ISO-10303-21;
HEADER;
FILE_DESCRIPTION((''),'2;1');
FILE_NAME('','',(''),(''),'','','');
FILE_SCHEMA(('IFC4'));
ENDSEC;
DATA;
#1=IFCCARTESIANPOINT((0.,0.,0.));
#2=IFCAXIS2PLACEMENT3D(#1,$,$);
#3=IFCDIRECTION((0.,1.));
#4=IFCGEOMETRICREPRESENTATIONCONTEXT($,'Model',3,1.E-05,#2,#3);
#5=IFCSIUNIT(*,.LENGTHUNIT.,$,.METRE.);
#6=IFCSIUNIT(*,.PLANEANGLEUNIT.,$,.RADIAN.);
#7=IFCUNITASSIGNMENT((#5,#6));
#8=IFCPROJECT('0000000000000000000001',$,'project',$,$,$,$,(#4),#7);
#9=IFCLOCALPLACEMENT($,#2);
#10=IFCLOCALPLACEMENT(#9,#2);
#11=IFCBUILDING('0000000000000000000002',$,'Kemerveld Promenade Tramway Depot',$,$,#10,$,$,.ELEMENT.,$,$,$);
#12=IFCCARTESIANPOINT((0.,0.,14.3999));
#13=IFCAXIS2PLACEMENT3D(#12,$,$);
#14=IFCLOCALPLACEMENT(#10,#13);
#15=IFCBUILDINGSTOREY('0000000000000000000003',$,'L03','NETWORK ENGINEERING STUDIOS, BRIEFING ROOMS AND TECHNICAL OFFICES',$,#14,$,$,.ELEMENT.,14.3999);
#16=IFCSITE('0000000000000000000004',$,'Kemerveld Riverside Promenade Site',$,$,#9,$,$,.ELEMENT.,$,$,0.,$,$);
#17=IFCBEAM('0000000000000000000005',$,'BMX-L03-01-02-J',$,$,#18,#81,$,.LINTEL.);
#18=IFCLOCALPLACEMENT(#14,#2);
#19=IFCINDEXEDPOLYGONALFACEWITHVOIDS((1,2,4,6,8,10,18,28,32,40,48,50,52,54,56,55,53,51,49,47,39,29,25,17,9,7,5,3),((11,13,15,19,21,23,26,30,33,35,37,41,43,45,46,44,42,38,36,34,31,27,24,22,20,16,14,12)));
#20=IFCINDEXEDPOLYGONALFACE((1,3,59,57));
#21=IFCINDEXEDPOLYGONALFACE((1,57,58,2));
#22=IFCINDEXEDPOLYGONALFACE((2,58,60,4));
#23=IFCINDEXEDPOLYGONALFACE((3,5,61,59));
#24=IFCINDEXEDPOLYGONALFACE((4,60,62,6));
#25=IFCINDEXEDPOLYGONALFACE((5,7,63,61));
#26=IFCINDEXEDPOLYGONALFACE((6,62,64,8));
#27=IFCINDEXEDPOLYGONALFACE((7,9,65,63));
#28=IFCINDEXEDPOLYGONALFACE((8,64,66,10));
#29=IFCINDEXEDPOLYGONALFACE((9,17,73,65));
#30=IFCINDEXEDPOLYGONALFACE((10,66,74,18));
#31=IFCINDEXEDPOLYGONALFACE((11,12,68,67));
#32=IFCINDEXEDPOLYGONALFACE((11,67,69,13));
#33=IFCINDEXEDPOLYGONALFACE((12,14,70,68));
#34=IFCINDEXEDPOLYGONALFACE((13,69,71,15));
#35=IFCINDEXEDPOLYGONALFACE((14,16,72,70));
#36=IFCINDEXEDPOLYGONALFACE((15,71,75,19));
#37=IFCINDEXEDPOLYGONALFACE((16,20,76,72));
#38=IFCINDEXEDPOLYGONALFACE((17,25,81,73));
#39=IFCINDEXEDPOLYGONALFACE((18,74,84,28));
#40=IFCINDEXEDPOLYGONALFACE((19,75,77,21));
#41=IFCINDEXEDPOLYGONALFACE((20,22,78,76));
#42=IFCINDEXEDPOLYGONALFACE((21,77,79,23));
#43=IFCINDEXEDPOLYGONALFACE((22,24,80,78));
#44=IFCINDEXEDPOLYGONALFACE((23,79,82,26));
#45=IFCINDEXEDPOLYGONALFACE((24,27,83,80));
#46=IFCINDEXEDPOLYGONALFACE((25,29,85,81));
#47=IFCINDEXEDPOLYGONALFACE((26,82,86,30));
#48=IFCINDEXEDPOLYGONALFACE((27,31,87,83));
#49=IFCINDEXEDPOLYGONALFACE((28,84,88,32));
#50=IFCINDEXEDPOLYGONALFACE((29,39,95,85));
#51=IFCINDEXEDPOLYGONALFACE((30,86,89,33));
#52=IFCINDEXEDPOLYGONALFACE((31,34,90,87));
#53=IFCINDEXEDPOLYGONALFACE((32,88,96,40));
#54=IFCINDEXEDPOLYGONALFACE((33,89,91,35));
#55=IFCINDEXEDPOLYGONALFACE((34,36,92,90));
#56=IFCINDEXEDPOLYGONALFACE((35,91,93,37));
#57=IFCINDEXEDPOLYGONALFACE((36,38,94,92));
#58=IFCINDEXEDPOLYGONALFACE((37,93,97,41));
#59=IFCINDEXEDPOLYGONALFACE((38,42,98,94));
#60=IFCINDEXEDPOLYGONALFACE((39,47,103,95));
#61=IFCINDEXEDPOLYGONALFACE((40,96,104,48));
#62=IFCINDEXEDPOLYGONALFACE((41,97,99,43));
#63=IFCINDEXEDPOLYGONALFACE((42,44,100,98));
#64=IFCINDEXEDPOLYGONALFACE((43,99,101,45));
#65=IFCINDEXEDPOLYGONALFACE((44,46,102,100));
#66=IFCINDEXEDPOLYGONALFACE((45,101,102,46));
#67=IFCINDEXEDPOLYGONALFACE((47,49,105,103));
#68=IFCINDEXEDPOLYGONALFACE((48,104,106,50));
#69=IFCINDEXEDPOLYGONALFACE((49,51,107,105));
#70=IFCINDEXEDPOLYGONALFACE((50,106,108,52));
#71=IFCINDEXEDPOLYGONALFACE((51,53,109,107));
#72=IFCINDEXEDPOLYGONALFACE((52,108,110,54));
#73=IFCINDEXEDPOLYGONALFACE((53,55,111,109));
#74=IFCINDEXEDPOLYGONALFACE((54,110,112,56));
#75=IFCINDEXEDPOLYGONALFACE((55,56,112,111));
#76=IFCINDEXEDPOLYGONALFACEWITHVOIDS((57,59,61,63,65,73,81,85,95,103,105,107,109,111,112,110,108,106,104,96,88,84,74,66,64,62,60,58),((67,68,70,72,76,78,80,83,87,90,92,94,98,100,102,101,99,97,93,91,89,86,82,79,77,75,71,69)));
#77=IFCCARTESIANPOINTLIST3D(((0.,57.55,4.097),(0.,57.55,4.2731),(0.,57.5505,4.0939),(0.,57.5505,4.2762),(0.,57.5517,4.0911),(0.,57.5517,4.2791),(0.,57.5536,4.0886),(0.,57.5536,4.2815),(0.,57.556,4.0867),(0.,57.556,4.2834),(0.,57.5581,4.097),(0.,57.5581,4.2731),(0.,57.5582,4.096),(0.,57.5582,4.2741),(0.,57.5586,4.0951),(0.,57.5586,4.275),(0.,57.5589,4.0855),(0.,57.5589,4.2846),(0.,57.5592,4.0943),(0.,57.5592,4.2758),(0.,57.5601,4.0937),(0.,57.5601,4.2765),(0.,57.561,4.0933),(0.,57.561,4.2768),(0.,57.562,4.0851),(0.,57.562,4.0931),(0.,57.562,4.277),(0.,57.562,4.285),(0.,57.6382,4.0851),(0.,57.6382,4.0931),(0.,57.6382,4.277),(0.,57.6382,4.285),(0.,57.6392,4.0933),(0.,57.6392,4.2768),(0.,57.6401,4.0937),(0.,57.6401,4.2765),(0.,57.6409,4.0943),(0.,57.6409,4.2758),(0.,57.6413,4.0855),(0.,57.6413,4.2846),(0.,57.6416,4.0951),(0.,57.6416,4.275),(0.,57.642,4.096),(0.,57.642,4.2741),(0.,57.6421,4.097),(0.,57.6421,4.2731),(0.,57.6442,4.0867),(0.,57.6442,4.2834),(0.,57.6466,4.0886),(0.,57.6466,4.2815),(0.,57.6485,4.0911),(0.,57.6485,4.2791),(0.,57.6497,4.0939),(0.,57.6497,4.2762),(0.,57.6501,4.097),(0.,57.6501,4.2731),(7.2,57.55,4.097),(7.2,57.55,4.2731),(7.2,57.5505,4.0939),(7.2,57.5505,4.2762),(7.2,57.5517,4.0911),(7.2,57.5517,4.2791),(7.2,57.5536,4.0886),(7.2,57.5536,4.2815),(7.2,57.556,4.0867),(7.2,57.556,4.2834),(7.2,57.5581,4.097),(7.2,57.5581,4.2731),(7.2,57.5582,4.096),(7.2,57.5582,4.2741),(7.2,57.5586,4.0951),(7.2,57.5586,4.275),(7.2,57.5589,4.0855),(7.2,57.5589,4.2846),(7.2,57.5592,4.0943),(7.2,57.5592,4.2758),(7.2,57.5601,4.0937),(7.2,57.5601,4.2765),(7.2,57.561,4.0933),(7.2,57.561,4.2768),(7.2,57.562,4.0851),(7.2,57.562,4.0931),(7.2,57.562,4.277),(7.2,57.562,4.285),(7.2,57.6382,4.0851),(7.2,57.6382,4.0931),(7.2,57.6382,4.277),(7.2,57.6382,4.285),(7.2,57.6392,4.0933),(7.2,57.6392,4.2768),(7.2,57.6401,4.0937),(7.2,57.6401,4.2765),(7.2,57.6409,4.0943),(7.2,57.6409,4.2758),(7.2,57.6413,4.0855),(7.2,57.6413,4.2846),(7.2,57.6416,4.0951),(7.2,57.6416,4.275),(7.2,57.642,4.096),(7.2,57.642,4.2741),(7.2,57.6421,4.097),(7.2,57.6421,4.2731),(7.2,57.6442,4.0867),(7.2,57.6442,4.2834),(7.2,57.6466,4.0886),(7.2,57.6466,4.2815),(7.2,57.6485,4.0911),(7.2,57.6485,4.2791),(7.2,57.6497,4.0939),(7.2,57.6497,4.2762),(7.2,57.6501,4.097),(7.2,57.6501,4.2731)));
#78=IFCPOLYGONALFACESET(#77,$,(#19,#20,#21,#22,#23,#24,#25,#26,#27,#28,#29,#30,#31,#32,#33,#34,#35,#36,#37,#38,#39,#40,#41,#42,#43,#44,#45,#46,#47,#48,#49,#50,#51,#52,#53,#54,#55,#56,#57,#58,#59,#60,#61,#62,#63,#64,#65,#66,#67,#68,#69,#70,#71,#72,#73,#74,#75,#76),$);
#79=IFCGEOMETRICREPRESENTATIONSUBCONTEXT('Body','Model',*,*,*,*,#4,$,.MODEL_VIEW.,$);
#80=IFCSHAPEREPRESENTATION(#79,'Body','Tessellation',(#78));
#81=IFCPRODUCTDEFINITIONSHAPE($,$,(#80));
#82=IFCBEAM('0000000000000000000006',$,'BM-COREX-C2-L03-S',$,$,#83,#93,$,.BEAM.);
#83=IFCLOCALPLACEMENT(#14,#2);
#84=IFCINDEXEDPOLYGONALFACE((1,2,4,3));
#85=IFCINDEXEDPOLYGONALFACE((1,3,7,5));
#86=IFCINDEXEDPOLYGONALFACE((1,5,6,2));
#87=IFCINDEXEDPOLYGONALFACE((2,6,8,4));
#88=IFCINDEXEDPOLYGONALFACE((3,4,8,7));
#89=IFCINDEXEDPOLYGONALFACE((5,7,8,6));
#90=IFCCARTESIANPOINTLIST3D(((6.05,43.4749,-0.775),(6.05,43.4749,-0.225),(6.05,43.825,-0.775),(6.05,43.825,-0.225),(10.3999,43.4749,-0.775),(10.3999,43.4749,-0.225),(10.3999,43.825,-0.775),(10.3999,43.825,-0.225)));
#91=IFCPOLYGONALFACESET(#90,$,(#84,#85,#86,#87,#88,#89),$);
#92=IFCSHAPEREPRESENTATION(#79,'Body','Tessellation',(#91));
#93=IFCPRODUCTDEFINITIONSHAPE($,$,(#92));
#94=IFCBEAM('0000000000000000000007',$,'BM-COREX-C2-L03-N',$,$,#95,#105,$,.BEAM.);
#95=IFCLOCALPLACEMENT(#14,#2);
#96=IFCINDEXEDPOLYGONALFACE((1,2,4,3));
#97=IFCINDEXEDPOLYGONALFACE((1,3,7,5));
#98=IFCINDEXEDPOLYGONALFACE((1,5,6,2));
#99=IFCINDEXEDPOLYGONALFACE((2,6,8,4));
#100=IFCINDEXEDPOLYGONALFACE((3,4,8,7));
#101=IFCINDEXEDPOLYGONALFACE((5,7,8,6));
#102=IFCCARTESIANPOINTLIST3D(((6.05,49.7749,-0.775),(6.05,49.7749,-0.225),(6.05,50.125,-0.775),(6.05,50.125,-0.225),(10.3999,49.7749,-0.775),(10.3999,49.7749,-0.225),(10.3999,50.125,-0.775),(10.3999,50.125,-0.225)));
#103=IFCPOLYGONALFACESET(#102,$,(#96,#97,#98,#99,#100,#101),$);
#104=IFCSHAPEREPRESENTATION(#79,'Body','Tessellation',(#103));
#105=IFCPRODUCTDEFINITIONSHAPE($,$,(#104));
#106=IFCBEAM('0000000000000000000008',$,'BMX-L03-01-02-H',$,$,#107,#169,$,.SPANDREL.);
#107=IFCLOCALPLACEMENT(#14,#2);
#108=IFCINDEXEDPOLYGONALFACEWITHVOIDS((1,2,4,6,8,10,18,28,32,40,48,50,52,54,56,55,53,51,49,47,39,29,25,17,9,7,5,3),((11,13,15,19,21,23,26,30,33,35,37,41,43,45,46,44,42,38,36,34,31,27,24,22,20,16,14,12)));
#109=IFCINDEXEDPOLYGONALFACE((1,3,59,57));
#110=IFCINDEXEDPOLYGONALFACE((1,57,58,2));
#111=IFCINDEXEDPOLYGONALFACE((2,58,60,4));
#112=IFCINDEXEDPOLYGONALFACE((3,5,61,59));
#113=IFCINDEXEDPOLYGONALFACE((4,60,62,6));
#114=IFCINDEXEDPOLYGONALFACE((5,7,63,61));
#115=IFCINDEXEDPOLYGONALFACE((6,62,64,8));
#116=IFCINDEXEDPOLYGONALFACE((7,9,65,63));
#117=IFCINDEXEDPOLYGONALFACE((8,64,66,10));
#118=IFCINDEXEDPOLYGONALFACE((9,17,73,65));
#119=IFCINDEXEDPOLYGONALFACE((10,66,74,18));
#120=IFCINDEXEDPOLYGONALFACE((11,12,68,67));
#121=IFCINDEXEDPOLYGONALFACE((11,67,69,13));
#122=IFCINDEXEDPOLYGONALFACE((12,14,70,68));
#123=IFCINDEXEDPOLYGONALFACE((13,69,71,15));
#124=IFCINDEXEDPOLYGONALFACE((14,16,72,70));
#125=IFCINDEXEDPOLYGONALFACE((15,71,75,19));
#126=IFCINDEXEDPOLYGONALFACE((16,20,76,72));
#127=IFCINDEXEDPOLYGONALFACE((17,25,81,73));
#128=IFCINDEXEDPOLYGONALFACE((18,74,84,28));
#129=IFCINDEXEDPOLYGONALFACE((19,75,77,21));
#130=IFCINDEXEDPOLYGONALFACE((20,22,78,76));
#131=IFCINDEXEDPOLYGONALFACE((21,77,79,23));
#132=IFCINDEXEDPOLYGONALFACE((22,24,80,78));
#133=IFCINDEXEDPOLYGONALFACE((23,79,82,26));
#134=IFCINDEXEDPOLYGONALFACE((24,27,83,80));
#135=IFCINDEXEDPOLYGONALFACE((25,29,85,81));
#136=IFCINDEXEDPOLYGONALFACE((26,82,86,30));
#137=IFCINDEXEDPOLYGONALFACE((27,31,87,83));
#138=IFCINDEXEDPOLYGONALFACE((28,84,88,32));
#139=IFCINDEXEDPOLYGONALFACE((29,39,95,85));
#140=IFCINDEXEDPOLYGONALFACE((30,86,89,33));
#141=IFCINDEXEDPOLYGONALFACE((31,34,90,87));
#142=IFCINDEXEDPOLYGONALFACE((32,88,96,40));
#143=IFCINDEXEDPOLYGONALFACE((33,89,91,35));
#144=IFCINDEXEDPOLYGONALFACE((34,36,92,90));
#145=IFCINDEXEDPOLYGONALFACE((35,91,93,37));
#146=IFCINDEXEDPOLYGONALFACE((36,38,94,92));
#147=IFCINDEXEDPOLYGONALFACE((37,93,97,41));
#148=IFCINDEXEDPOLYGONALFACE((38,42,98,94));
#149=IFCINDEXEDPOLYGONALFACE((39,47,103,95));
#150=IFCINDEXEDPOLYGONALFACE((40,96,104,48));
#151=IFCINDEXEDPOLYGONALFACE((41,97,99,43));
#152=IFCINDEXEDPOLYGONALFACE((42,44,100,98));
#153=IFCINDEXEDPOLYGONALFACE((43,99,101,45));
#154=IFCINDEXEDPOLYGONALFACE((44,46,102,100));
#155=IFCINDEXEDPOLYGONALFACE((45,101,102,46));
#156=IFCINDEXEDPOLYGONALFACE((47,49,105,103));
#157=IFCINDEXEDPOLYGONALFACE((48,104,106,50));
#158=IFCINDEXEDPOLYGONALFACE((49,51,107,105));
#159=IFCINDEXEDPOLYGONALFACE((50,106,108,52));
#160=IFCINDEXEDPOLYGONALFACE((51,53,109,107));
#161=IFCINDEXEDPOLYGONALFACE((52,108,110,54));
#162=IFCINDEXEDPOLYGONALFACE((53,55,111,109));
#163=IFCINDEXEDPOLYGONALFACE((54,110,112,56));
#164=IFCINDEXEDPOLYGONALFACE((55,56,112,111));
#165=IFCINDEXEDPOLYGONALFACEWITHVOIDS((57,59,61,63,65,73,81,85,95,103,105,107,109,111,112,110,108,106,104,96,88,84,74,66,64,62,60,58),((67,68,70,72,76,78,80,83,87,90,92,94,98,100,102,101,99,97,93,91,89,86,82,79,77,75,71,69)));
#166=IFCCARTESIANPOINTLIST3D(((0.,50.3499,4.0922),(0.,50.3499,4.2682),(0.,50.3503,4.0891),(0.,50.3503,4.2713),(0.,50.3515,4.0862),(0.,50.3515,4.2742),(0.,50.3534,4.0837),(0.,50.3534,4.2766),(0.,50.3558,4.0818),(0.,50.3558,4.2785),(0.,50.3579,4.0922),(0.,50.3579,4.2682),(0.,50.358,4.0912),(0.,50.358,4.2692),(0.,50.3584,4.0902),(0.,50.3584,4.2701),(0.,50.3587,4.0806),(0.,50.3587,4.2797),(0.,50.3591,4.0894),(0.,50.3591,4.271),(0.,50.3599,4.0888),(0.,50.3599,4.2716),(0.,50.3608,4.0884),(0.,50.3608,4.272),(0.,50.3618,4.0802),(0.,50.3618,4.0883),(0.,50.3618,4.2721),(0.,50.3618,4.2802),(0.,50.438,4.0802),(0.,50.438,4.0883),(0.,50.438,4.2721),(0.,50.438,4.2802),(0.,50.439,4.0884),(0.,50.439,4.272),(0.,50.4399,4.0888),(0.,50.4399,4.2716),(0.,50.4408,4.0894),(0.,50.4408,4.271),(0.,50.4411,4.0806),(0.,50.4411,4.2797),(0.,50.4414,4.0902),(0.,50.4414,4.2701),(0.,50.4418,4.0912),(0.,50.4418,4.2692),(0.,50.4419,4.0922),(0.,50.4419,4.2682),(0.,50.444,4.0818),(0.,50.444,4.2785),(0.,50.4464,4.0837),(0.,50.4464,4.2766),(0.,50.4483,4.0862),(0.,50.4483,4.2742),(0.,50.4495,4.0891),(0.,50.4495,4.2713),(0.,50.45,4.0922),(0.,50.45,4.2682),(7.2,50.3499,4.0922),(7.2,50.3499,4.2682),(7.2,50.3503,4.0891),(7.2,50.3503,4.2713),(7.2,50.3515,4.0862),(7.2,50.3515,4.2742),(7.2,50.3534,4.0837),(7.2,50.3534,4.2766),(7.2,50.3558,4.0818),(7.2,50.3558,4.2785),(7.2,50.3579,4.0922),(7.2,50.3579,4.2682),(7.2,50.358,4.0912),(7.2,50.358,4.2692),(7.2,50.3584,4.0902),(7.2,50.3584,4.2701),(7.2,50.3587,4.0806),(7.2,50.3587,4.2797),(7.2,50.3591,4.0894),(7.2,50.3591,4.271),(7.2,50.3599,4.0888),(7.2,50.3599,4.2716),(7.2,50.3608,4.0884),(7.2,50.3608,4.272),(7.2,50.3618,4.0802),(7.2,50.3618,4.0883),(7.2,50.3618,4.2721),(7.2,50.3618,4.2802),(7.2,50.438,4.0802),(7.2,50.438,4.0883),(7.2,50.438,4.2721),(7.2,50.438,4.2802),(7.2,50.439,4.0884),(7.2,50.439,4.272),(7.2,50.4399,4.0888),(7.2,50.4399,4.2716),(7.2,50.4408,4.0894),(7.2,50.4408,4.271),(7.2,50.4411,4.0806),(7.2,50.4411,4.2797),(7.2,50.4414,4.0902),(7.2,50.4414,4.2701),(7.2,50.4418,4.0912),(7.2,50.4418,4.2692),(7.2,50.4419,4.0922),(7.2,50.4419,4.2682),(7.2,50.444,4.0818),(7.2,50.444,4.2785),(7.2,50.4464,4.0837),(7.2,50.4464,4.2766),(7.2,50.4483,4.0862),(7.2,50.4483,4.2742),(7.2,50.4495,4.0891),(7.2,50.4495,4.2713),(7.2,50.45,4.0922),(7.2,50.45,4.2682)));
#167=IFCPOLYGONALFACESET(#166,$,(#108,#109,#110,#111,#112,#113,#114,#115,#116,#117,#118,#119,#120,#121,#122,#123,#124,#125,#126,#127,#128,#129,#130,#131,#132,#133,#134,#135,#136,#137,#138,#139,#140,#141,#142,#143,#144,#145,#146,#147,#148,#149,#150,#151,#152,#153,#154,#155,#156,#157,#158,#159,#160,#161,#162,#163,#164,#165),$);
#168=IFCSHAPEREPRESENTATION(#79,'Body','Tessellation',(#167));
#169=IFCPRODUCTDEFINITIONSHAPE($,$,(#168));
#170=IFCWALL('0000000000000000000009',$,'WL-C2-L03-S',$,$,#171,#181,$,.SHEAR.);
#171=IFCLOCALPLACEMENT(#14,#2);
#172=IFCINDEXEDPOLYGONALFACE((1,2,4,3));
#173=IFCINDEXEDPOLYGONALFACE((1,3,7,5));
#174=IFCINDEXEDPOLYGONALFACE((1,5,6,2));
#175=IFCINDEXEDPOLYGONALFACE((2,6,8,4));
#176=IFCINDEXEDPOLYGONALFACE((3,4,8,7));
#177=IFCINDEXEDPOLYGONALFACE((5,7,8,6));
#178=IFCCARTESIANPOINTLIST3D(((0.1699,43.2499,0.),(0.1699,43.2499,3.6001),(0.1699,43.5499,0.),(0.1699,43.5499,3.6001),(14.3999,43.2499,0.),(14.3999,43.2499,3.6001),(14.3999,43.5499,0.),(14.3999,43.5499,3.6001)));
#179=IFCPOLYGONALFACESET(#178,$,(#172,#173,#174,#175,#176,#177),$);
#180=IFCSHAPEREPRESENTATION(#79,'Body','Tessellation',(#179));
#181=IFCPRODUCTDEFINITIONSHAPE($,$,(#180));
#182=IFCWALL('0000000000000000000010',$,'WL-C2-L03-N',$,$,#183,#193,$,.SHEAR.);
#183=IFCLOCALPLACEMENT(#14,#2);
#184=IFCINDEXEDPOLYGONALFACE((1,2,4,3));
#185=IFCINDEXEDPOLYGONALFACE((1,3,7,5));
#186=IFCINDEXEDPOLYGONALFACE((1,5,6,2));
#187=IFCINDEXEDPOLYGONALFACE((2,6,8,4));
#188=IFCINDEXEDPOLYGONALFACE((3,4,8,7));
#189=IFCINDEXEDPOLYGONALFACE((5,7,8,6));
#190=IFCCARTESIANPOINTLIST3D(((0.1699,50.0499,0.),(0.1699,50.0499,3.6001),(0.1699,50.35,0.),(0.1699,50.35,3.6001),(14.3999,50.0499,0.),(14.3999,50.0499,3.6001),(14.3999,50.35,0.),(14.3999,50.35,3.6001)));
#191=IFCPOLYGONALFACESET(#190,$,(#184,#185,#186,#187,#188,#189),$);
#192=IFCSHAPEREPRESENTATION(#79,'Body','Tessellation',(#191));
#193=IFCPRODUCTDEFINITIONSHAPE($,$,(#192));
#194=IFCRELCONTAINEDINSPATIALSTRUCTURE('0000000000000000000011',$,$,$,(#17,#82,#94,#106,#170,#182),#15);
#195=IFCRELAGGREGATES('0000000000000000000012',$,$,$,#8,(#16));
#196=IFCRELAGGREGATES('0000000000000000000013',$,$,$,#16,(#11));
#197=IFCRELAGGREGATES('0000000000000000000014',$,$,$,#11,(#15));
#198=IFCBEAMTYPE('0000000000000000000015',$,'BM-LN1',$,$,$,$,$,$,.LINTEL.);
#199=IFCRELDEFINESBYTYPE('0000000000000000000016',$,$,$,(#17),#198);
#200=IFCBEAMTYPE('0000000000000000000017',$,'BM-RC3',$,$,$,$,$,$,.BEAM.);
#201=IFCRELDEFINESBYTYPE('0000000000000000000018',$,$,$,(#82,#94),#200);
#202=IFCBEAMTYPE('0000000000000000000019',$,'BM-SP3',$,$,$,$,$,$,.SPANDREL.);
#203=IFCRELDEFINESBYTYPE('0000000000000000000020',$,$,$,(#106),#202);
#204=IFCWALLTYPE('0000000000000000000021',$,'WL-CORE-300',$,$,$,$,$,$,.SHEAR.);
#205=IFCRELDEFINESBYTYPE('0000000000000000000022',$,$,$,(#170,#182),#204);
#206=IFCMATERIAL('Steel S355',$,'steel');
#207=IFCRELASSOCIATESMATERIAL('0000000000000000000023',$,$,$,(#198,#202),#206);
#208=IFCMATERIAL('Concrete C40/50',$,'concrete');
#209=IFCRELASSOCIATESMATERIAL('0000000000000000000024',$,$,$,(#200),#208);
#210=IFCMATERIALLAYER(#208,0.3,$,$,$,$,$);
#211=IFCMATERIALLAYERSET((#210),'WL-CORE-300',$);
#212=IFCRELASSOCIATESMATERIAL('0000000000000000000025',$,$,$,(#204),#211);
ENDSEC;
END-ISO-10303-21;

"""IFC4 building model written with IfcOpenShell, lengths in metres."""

from ifc_helpers import new_model, si_unit, direction, frame, frame_2d, origin, origin_2d, place, context, subcontext, project, spatial, rectangle, hollow_rectangle, extrude, material, layer, layer_set, material_profile, profile_set, type_object, element, save


model = new_model("IFC4")

# Units and contexts
model_context = context("Model", 3, precision=1e-05, world=origin(), true_north=direction((0.0, 1.0)))
body_context = subcontext(model_context, "Body", "Model", "MODEL_VIEW")
ifc_project = project(units=[si_unit("LENGTHUNIT", "METRE"), si_unit("PLANEANGLEUNIT", "RADIAN")], contexts=[model_context])

# Site, building, storey
site_placement = place(None, origin())
site = spatial("IfcSite", under=ifc_project, at=site_placement, Name="Kemerveld Riverside Promenade Site", CompositionType="ELEMENT", RefElevation=0.0)
building_placement = place(site_placement, origin())
building = spatial("IfcBuilding", under=site, at=building_placement, Name="Kemerveld Promenade Tramway Depot", CompositionType="ELEMENT")
storey_placement = place(building_placement, frame((0.0, 0.0, 14.3999)))
storey = spatial("IfcBuildingStorey", under=building, at=storey_placement, Name="L03", Description="NETWORK ENGINEERING STUDIOS, BRIEFING ROOMS AND TECHNICAL OFFICES", CompositionType="ELEMENT", Elevation=14.3999)

# Shared definitions
ifc_material_1 = material(Name="Steel S355", Category="steel")

# Beams
ifc_material_profile_1 = material_profile(ifc_material_1, hollow_rectangle(XDim=0.1001, YDim=0.2, WallThickness=0.0081, InnerFilletRadius=0.0039, OuterFilletRadius=0.012, at=origin_2d()), Name="200x100x8.0 RHS")
ifc_profile_set_1 = profile_set([ifc_material_profile_1], Name="Steel S355")
beam_type_1 = type_object("IfcBeamType", Name="BM-LN1", PredefinedType="LINTEL", material=ifc_profile_set_1)
beam_1_placement = place(storey_placement, frame((0.0, 57.6001, 4.1851), z_axis=(1.0, 0.0, 0.0), x_axis=(0.0, 1.0, 0.0)))
element("IfcBeam", 1, at=beam_1_placement, inside=storey, type_object=beam_type_1, Name="BMX-L03-01-02-J", PredefinedType="LINTEL", context=body_context, shape_type="SweptSolid", body=[
    extrude(hollow_rectangle(XDim=0.1001, YDim=0.2, WallThickness=0.0081, InnerFilletRadius=0.0039, OuterFilletRadius=0.012, at=origin_2d()), origin(), (0.0, 0.0, 1.0), 7.2),
])
ifc_material_2 = material(Name="Concrete C40/50", Category="concrete")
ifc_material_profile_2 = material_profile(ifc_material_2, rectangle(XDim=0.3501, YDim=0.55, at=origin_2d()), Name="RC-BM-350x550")
ifc_profile_set_2 = profile_set([ifc_material_profile_2], Name="Concrete C40/50")
beam_type_2 = type_object("IfcBeamType", Name="BM-RC3", PredefinedType="BEAM", material=ifc_profile_set_2)
for number, where, z_axis, x_axis, name in (
    (2, (6.05, 43.6499, -0.5), (1.0, 0.0, 0.0), (0.0, 1.0, 0.0), "BM-COREX-C2-L03-S"),
    (3, (6.05, 49.95, -0.5), (1.0, 0.0, 0.0), (0.0, 1.0, 0.0), "BM-COREX-C2-L03-N"),
):
    element("IfcBeam", number, at=place(storey_placement, frame(where, z_axis=z_axis, x_axis=x_axis)), inside=storey, type_object=beam_type_2, Name=name, PredefinedType="BEAM", context=body_context, shape_type="SweptSolid", body=[
        extrude(rectangle(XDim=0.3501, YDim=0.55, at=origin_2d()), origin(), (0.0, 0.0, 1.0), 4.3499),
    ])
ifc_material_profile_3 = material_profile(ifc_material_1, hollow_rectangle(XDim=0.1001, YDim=0.2, WallThickness=0.0081, InnerFilletRadius=0.0039, OuterFilletRadius=0.012, at=origin_2d()), Name="200x100x8.0 RHS")
ifc_profile_set_3 = profile_set([ifc_material_profile_3], Name="Steel S355")
beam_type_3 = type_object("IfcBeamType", Name="BM-SP3", PredefinedType="SPANDREL", material=ifc_profile_set_3)
beam_2_placement = place(storey_placement, frame((0.0, 50.3999, 4.1802), z_axis=(1.0, 0.0, 0.0), x_axis=(0.0, 1.0, 0.0)))
element("IfcBeam", 4, at=beam_2_placement, inside=storey, type_object=beam_type_3, Name="BMX-L03-01-02-H", PredefinedType="SPANDREL", context=body_context, shape_type="SweptSolid", body=[
    extrude(hollow_rectangle(XDim=0.1001, YDim=0.2, WallThickness=0.0081, InnerFilletRadius=0.0039, OuterFilletRadius=0.012, at=origin_2d()), origin(), (0.0, 0.0, 1.0), 7.2),
])

# Walls
ifc_layer_1 = layer(ifc_material_2, 0.3)
ifc_layer_set_1 = layer_set([ifc_layer_1], Name="WL-CORE-300")
wall_type_1 = type_object("IfcWallType", Name="WL-CORE-300", PredefinedType="SHEAR", material=ifc_layer_set_1)
for number, where, z_axis, x_axis, name in (
    (5, (0.1699, 43.3999, 0.0), (0.0, 0.0, 1.0), (1.0, 0.0, 0.0), "WL-C2-L03-S"),
    (6, (0.1699, 50.2, 0.0), (0.0, 0.0, 1.0), (1.0, 0.0, 0.0), "WL-C2-L03-N"),
):
    element("IfcWall", number, at=place(storey_placement, frame(where, z_axis=z_axis, x_axis=x_axis)), inside=storey, type_object=wall_type_1, Name=name, PredefinedType="SHEAR", context=body_context, shape_type="SweptSolid", body=[
        extrude(rectangle(XDim=14.23, YDim=0.3, at=frame_2d((7.115, 0.0))), origin(), (0.0, 0.0, 1.0), 3.6001),
    ])

save(model, "model.ifc")
